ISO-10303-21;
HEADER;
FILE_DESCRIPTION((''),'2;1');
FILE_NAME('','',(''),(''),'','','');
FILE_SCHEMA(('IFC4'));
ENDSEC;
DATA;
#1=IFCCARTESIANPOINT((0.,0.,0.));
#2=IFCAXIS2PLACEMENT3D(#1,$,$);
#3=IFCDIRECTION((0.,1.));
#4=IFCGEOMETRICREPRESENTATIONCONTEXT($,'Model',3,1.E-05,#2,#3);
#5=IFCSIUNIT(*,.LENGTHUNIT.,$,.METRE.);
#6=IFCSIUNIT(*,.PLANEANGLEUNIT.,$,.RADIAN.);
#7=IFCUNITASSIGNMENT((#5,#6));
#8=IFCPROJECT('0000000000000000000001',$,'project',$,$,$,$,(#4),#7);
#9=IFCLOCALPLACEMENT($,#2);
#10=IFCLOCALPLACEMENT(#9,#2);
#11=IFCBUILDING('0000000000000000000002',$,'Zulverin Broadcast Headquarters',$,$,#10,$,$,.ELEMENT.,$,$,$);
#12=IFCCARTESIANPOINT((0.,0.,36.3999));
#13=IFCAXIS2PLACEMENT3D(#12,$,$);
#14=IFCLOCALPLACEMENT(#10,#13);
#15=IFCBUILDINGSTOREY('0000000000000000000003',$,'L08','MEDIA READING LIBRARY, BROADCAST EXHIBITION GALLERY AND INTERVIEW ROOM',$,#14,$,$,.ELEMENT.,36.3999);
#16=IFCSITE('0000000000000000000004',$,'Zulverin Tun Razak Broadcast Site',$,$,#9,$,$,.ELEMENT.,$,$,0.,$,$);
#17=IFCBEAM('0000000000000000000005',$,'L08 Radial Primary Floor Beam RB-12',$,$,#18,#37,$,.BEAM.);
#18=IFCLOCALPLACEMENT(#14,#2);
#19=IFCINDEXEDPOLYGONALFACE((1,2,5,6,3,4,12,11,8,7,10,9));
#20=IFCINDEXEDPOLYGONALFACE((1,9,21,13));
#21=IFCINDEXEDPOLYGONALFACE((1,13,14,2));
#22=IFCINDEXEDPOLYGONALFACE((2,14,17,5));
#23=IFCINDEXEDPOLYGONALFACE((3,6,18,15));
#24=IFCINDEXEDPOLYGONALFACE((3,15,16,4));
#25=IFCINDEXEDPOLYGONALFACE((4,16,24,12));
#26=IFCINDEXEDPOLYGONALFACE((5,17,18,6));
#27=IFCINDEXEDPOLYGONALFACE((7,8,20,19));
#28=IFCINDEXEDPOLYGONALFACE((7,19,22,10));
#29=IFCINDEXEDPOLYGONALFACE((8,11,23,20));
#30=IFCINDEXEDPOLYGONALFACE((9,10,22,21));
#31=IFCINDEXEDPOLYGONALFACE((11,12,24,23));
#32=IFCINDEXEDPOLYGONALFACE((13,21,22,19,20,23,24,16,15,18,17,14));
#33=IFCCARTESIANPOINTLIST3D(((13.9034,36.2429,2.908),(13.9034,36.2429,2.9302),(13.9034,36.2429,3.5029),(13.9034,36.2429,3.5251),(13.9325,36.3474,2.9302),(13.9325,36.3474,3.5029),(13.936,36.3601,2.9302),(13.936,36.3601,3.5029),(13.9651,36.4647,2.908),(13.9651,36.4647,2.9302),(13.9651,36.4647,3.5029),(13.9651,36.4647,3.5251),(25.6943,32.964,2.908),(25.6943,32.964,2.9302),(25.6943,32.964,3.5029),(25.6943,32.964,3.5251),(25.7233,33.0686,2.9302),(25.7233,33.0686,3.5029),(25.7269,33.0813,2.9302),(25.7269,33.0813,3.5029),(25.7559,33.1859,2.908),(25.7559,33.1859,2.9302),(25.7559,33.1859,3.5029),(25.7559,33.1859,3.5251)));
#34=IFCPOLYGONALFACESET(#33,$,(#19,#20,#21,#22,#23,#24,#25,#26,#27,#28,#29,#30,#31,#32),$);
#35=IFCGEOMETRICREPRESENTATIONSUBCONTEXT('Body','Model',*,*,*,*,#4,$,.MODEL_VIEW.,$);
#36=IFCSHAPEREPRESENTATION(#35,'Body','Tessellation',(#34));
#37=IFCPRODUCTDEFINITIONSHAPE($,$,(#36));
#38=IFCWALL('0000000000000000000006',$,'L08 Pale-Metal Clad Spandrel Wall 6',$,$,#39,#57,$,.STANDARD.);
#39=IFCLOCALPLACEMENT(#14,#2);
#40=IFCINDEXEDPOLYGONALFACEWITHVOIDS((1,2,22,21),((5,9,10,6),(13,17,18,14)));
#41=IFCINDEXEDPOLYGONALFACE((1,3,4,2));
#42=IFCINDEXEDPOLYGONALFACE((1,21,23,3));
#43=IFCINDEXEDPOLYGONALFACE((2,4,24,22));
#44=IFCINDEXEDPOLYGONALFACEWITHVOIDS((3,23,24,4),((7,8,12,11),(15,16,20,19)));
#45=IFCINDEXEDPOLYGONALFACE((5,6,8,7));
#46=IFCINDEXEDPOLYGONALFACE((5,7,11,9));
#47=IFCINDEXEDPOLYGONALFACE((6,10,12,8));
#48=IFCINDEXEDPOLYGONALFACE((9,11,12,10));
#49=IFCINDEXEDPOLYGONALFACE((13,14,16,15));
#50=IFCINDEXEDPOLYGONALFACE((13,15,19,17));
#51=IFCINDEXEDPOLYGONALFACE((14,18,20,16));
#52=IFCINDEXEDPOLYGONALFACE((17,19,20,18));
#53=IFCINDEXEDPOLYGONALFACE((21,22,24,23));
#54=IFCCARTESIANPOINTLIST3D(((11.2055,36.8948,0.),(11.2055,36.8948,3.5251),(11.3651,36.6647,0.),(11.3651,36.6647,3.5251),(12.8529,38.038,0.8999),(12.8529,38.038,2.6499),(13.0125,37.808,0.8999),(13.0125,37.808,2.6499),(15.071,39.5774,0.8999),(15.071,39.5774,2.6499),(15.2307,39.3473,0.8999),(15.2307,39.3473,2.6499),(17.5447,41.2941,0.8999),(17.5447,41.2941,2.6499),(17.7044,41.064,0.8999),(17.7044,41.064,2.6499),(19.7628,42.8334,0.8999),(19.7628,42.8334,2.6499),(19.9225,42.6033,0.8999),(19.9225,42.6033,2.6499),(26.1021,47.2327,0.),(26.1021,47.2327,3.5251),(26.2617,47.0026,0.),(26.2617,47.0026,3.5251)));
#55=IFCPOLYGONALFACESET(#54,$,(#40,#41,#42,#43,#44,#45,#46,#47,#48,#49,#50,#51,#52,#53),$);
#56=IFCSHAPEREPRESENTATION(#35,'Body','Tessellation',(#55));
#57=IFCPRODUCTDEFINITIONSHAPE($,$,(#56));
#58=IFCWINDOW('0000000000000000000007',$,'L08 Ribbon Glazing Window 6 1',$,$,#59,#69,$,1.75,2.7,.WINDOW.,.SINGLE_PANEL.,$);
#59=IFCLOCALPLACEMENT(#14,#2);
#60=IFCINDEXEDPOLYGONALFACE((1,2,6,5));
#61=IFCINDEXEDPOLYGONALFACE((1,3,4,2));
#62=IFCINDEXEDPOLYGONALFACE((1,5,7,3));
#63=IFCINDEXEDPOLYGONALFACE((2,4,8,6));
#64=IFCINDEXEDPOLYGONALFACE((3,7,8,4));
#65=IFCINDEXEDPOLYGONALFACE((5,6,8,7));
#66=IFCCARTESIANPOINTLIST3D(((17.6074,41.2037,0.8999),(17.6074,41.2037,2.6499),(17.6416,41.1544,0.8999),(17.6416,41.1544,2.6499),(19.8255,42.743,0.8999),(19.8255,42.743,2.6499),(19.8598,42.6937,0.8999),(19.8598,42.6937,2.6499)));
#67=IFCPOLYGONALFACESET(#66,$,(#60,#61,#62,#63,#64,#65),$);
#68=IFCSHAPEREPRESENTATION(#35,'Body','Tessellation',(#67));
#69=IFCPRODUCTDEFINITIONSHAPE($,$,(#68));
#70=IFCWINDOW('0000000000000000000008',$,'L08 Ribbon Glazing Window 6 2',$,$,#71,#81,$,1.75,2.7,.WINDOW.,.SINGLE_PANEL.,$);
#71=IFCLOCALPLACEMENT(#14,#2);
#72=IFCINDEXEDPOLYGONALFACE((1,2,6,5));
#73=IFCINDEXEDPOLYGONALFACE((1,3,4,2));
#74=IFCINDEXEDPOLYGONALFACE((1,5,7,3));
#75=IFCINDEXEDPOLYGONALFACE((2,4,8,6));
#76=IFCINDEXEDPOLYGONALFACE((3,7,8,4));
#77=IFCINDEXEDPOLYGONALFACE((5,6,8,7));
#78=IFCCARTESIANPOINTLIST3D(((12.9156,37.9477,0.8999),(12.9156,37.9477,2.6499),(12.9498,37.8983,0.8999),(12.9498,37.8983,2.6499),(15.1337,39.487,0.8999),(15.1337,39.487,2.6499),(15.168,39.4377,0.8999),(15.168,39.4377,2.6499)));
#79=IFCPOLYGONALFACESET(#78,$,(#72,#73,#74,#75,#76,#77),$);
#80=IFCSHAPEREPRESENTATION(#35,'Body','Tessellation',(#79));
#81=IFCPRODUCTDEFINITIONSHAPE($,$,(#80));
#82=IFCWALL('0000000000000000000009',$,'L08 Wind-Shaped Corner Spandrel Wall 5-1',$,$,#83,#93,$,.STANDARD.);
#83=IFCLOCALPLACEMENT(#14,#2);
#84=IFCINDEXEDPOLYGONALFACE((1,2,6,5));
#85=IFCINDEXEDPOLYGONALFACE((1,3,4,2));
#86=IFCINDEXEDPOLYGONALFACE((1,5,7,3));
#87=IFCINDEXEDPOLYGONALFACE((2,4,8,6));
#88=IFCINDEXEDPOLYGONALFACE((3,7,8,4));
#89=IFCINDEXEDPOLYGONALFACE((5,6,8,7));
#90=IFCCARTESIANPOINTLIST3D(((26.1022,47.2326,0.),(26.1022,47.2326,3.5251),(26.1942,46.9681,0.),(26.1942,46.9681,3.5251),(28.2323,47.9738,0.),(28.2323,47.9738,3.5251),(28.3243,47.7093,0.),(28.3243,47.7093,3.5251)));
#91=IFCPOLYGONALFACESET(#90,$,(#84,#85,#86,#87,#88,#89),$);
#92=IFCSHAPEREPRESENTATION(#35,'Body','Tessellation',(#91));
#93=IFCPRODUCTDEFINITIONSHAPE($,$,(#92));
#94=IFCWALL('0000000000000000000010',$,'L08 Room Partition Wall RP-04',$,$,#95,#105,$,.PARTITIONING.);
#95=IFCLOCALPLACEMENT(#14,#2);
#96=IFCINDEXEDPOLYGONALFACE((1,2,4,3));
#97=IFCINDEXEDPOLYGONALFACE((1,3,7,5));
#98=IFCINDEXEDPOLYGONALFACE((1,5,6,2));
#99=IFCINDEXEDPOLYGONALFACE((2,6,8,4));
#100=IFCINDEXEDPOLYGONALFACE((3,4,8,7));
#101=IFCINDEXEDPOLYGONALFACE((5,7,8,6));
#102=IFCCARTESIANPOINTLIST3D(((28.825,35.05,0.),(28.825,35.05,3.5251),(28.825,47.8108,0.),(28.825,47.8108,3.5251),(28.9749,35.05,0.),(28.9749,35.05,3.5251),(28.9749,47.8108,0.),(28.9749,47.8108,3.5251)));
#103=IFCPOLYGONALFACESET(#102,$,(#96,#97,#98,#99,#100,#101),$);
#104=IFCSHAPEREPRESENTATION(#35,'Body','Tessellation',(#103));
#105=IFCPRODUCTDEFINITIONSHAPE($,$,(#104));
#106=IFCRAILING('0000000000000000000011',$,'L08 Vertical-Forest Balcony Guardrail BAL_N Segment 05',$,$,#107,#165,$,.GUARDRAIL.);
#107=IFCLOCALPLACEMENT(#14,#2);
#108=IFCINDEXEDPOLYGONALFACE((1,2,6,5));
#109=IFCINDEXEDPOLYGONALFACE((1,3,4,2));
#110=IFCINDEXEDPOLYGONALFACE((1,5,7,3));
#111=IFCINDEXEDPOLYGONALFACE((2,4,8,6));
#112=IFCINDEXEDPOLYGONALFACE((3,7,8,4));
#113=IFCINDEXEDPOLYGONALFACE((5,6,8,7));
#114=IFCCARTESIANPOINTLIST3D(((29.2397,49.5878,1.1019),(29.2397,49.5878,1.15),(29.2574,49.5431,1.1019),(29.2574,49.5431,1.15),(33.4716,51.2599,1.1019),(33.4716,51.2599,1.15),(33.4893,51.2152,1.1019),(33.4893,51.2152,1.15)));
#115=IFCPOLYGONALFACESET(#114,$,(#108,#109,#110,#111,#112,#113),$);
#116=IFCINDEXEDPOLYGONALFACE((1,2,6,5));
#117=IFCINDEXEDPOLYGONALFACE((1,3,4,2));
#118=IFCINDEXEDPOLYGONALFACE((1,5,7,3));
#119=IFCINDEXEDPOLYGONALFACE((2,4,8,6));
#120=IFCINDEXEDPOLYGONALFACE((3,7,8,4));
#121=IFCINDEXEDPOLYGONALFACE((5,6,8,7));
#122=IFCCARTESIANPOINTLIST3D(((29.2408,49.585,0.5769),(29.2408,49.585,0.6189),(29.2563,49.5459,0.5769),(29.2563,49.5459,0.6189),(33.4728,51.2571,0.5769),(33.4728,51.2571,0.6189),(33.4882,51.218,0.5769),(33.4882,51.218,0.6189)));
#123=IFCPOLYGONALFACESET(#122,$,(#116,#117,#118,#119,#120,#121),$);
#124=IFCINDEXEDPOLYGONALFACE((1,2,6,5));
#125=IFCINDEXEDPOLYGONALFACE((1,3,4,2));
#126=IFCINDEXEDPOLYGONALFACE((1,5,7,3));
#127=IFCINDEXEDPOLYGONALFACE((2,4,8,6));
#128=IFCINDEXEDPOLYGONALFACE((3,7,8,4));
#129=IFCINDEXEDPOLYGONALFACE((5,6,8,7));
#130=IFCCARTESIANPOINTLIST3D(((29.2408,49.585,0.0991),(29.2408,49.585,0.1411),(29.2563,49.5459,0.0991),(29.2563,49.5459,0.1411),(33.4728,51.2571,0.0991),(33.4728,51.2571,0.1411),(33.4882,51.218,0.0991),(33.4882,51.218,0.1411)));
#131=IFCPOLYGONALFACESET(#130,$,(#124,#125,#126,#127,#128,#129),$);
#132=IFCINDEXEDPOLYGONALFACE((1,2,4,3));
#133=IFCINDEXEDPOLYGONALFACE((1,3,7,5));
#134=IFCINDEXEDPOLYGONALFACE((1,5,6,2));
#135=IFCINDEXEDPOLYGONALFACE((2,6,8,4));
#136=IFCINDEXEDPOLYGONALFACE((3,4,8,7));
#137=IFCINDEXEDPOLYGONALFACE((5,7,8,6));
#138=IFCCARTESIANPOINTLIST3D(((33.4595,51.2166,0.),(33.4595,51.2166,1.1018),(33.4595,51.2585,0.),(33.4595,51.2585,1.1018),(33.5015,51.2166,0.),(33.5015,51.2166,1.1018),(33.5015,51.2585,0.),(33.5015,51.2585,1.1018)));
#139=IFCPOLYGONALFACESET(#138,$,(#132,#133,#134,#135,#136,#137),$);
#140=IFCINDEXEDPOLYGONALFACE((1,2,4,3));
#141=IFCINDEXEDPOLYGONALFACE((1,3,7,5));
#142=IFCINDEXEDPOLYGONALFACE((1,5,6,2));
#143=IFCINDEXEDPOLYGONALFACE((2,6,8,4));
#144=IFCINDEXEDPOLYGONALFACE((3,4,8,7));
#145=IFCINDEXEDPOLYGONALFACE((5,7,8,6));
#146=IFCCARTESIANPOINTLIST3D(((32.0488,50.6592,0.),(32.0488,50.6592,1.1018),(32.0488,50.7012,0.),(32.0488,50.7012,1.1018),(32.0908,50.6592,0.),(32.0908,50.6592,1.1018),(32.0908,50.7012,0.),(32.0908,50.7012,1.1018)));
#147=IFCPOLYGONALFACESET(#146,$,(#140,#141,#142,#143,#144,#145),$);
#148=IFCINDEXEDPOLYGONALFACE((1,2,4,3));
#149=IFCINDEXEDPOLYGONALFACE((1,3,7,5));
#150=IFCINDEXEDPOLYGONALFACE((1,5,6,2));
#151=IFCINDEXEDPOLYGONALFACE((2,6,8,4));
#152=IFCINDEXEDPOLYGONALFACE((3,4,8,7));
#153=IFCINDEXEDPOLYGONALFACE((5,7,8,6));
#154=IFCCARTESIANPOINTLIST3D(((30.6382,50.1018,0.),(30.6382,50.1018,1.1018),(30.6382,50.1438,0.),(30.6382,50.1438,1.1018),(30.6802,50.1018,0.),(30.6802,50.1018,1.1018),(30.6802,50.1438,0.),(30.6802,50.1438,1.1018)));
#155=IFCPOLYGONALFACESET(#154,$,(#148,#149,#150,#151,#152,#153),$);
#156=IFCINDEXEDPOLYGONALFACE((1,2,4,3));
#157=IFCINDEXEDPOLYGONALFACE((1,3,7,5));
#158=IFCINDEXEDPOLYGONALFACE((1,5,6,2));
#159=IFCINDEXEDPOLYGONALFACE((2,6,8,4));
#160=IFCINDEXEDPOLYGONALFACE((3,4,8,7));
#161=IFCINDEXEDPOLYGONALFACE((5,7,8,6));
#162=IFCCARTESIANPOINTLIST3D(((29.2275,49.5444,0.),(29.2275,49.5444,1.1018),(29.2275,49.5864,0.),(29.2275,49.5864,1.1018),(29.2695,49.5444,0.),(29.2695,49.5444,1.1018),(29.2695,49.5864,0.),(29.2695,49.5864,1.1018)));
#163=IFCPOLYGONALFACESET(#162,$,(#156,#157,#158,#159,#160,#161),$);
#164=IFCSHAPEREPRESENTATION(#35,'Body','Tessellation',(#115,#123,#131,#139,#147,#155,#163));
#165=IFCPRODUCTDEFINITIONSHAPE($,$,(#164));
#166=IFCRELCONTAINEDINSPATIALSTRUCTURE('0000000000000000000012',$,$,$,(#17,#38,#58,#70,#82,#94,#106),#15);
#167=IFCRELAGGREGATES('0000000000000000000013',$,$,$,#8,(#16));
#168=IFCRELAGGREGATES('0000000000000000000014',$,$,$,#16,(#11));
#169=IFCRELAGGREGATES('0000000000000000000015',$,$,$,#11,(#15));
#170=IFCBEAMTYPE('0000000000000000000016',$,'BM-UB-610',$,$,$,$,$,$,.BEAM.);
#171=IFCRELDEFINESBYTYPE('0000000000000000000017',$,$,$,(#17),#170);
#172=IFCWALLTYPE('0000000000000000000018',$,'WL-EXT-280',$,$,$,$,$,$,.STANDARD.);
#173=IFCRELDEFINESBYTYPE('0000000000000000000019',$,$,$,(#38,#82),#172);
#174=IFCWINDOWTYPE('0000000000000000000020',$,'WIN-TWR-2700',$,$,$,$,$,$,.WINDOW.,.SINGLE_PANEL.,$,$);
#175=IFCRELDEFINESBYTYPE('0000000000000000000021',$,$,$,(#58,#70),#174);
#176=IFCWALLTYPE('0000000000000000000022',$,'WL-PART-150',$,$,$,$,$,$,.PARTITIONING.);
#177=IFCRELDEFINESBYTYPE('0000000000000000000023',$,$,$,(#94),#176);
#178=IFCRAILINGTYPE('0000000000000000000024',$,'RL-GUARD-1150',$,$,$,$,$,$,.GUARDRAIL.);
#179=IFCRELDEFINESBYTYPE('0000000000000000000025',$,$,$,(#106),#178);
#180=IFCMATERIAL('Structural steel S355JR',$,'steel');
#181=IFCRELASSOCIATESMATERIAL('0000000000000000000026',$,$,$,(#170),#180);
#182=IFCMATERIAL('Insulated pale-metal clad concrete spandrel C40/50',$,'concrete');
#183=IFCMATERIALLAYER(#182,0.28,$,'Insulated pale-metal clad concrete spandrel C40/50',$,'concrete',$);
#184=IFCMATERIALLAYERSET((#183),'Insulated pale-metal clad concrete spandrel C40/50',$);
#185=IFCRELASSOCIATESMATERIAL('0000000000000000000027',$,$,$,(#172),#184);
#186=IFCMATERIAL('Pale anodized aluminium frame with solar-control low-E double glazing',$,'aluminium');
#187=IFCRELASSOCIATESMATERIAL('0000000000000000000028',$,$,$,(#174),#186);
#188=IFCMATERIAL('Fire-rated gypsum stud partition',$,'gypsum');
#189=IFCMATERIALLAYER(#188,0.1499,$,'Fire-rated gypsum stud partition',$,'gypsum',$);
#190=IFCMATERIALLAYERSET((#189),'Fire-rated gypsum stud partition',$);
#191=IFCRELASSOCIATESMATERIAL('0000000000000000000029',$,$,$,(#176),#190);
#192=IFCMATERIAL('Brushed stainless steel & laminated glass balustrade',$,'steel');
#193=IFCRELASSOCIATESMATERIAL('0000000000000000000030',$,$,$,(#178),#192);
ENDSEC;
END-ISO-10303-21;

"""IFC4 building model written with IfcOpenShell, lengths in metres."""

from ifc_helpers import new_model, si_unit, direction, frame, frame_2d, origin, origin_2d, place, context, subcontext, project, spatial, rectangle, i_section, extrude, material, layer, layer_set, material_profile, profile_set, type_object, element, fill, save


model = new_model("IFC4")

# Units and contexts
model_context = context("Model", 3, precision=1e-05, world=origin(), true_north=direction((0.0, 1.0)))
body_context = subcontext(model_context, "Body", "Model", "MODEL_VIEW")
ifc_project = project(units=[si_unit("LENGTHUNIT", "METRE"), si_unit("PLANEANGLEUNIT", "RADIAN")], contexts=[model_context])

# Site, building, storey
site_placement = place(None, origin())
site = spatial("IfcSite", under=ifc_project, at=site_placement, Name="Zulverin Tun Razak Broadcast Site", CompositionType="ELEMENT", RefElevation=0.0)
building_placement = place(site_placement, origin())
building = spatial("IfcBuilding", under=site, at=building_placement, Name="Zulverin Broadcast Headquarters", CompositionType="ELEMENT")
storey_placement = place(building_placement, frame((0.0, 0.0, 36.3999)))
storey = spatial("IfcBuildingStorey", under=building, at=storey_placement, Name="L08", Description="MEDIA READING LIBRARY, BROADCAST EXHIBITION GALLERY AND INTERVIEW ROOM", CompositionType="ELEMENT", Elevation=36.3999)

# Beam
ifc_material_1 = material(Name="Structural steel S355JR", Category="steel")
ifc_material_profile_1 = material_profile(ifc_material_1, i_section(OverallWidth=0.2302, OverallDepth=0.6172, WebThickness=0.0132, FlangeThickness=0.0222, at=origin_2d()), Name="Structural steel S355JR", Category="steel")
ifc_profile_set_1 = profile_set([ifc_material_profile_1], Name="Structural steel S355JR")
beam_type_1 = type_object("IfcBeamType", Name="BM-UB-610", PredefinedType="BEAM", material=ifc_profile_set_1)
beam_1_placement = place(storey_placement, frame((25.7251, 33.075, 3.2166), z_axis=(-0.963442, 0.267917, 0.0), x_axis=(-0.267917, -0.963442, 0.0)))
element("IfcBeam", 1, at=beam_1_placement, inside=storey, type_object=beam_type_1, Name="L08 Radial Primary Floor Beam RB-12", PredefinedType="BEAM", context=body_context, shape_type="SweptSolid", body=[
    extrude(i_section(OverallWidth=0.2302, OverallDepth=0.6172, WebThickness=0.0132, FlangeThickness=0.0222, at=origin_2d()), origin(), (0.0, 0.0, 1.0), 12.2383),
])

# Wall, openings, windows
ifc_material_2 = material(Name="Insulated pale-metal clad concrete spandrel C40/50", Category="concrete")
ifc_layer_1 = layer(ifc_material_2, 0.28, Name="Insulated pale-metal clad concrete spandrel C40/50", Category="concrete")
ifc_layer_set_1 = layer_set([ifc_layer_1], Name="Insulated pale-metal clad concrete spandrel C40/50")
wall_type_1 = type_object("IfcWallType", Name="WL-EXT-280", PredefinedType="STANDARD", material=ifc_layer_set_1)
wall_1_placement = place(storey_placement, frame((26.1819, 47.1177, 0.0), z_axis=(0.0, 0.0, 1.0), x_axis=(-0.821548, -0.570139, 0.0)))
wall_1 = element("IfcWall", 2, at=wall_1_placement, inside=storey, type_object=wall_type_1, Name="L08 Pale-Metal Clad Spandrel Wall 6", PredefinedType="STANDARD", context=body_context, shape_type="SweptSolid", body=[
    extrude(rectangle(XDim=18.1323, YDim=0.28, at=frame_2d((9.0662, 0.0))), origin(), (0.0, 0.0, 1.0), 3.5251),
])
opening_1_placement = place(wall_1_placement, frame((7.7161, 0.0, 0.8999)))
opening_1 = element("IfcOpeningElement", 3, at=opening_1_placement, cuts=wall_1, PredefinedType="OPENING", context=body_context, shape_type="SweptSolid", body=[
    extrude(rectangle(XDim=2.7, YDim=1.75, at=frame_2d((1.3501, 0.875))), frame((0.0, 0.1499, 0.0), z_axis=(0.0, -1.0, 0.0), x_axis=(1.0, 0.0, 0.0)), (0.0, 0.0, 1.0), 0.3),
])
opening_2_placement = place(wall_1_placement, frame((13.427, 0.0, 0.8999)))
opening_2 = element("IfcOpeningElement", 4, at=opening_2_placement, cuts=wall_1, PredefinedType="OPENING", context=body_context, shape_type="SweptSolid", body=[
    extrude(rectangle(XDim=2.7, YDim=1.75, at=frame_2d((1.3501, 0.875))), frame((0.0, 0.1499, 0.0), z_axis=(0.0, -1.0, 0.0), x_axis=(1.0, 0.0, 0.0)), (0.0, 0.0, 1.0), 0.3),
])
ifc_material_3 = material(Name="Pale anodized aluminium frame with solar-control low-E double glazing", Category="aluminium")
window_type = type_object("IfcWindowType", Name="WIN-TWR-2700", PartitioningType="SINGLE_PANEL", PredefinedType="WINDOW", material=ifc_material_3)
window_1_placement = place(opening_1_placement, origin())
window_1 = element("IfcWindow", 5, at=window_1_placement, inside=storey, type_object=window_type, Name="L08 Ribbon Glazing Window 6 1", OverallHeight=1.75, OverallWidth=2.7, PartitioningType="SINGLE_PANEL", PredefinedType="WINDOW", context=body_context, shape_type="SweptSolid", body=[
    extrude(rectangle(XDim=2.7, YDim=1.75, at=frame_2d((1.3501, 0.875))), frame((0.0, 0.03, 0.0), z_axis=(0.0, -1.0, 0.0), x_axis=(1.0, 0.0, 0.0)), (0.0, 0.0, 1.0), 0.0601),
])
fill(opening_1, window_1)
window_2_placement = place(opening_2_placement, origin())
window_2 = element("IfcWindow", 6, at=window_2_placement, inside=storey, type_object=window_type, Name="L08 Ribbon Glazing Window 6 2", OverallHeight=1.75, OverallWidth=2.7, PartitioningType="SINGLE_PANEL", PredefinedType="WINDOW", context=body_context, shape_type="SweptSolid", body=[
    extrude(rectangle(XDim=2.7, YDim=1.75, at=frame_2d((1.3501, 0.875))), frame((0.0, 0.03, 0.0), z_axis=(0.0, -1.0, 0.0), x_axis=(1.0, 0.0, 0.0)), (0.0, 0.0, 1.0), 0.0601),
])
fill(opening_2, window_2)

# Walls
wall_2_placement = place(storey_placement, frame((28.2783, 47.8416, 0.0), z_axis=(0.0, 0.0, 1.0), x_axis=(-0.944456, -0.328638, 0.0)))
element("IfcWall", 7, at=wall_2_placement, inside=storey, type_object=wall_type_1, Name="L08 Wind-Shaped Corner Spandrel Wall 5-1", PredefinedType="STANDARD", context=body_context, shape_type="SweptSolid", body=[
    extrude(rectangle(XDim=2.2554, YDim=0.28, at=frame_2d((1.1277, 0.0))), origin(), (0.0, 0.0, 1.0), 3.5251),
])
ifc_material_4 = material(Name="Fire-rated gypsum stud partition", Category="gypsum")
ifc_layer_2 = layer(ifc_material_4, 0.1499, Name="Fire-rated gypsum stud partition", Category="gypsum")
ifc_layer_set_2 = layer_set([ifc_layer_2], Name="Fire-rated gypsum stud partition")
wall_type_2 = type_object("IfcWallType", Name="WL-PART-150", PredefinedType="PARTITIONING", material=ifc_layer_set_2)
wall_3_placement = place(storey_placement, frame((28.8999, 35.05, 0.0), z_axis=(0.0, 0.0, 1.0), x_axis=(0.0, 1.0, 0.0)))
element("IfcWall", 8, at=wall_3_placement, inside=storey, type_object=wall_type_2, Name="L08 Room Partition Wall RP-04", PredefinedType="PARTITIONING", context=body_context, shape_type="SweptSolid", body=[
    extrude(rectangle(XDim=12.7607, YDim=0.1499, at=frame_2d((6.3804, 0.0))), origin(), (0.0, 0.0, 1.0), 3.5251),
])

# Railing
ifc_material_5 = material(Name="Brushed stainless steel & laminated glass balustrade", Category="steel")
railing_type = type_object("IfcRailingType", Name="RL-GUARD-1150", PredefinedType="GUARDRAIL", material=ifc_material_5)
railing_1_placement = place(storey_placement, frame((33.4805, 51.2375, 0.0)))
element("IfcRailing", 9, at=railing_1_placement, inside=storey, type_object=railing_type, Name="L08 Vertical-Forest Balcony Guardrail BAL_N Segment 05", PredefinedType="GUARDRAIL", context=body_context, shape_type="SweptSolid", body=[
    extrude(rectangle(XDim=0.0481, YDim=0.0481, at=origin_2d()), frame((0.0, 0.0, 1.126), z_axis=(-0.930034, -0.367474, 0.0), x_axis=(0.367474, -0.930034, 0.0)), (0.0, 0.0, 1.0), 4.5503),
    extrude(rectangle(XDim=0.042, YDim=0.042, at=origin_2d()), frame((0.0, 0.0, 0.5979), z_axis=(-0.930034, -0.367474, 0.0), x_axis=(0.367474, -0.930034, 0.0)), (0.0, 0.0, 1.0), 4.5503),
    extrude(rectangle(XDim=0.042, YDim=0.042, at=origin_2d()), frame((0.0, 0.0, 0.1201), z_axis=(-0.930034, -0.367474, 0.0), x_axis=(0.367474, -0.930034, 0.0)), (0.0, 0.0, 1.0), 4.5503),
    extrude(rectangle(XDim=0.042, YDim=0.042, at=origin_2d()), origin(), (0.0, 0.0, 1.0), 1.1018),
    extrude(rectangle(XDim=0.042, YDim=0.042, at=origin_2d()), frame((-1.4106, -0.5574, 0.0)), (0.0, 0.0, 1.0), 1.1018),
    extrude(rectangle(XDim=0.042, YDim=0.042, at=origin_2d()), frame((-2.8213, -1.1147, 0.0)), (0.0, 0.0, 1.0), 1.1018),
    extrude(rectangle(XDim=0.042, YDim=0.042, at=origin_2d()), frame((-4.2319, -1.6721, 0.0)), (0.0, 0.0, 1.0), 1.1018),
])

save(model, "model.ifc")
